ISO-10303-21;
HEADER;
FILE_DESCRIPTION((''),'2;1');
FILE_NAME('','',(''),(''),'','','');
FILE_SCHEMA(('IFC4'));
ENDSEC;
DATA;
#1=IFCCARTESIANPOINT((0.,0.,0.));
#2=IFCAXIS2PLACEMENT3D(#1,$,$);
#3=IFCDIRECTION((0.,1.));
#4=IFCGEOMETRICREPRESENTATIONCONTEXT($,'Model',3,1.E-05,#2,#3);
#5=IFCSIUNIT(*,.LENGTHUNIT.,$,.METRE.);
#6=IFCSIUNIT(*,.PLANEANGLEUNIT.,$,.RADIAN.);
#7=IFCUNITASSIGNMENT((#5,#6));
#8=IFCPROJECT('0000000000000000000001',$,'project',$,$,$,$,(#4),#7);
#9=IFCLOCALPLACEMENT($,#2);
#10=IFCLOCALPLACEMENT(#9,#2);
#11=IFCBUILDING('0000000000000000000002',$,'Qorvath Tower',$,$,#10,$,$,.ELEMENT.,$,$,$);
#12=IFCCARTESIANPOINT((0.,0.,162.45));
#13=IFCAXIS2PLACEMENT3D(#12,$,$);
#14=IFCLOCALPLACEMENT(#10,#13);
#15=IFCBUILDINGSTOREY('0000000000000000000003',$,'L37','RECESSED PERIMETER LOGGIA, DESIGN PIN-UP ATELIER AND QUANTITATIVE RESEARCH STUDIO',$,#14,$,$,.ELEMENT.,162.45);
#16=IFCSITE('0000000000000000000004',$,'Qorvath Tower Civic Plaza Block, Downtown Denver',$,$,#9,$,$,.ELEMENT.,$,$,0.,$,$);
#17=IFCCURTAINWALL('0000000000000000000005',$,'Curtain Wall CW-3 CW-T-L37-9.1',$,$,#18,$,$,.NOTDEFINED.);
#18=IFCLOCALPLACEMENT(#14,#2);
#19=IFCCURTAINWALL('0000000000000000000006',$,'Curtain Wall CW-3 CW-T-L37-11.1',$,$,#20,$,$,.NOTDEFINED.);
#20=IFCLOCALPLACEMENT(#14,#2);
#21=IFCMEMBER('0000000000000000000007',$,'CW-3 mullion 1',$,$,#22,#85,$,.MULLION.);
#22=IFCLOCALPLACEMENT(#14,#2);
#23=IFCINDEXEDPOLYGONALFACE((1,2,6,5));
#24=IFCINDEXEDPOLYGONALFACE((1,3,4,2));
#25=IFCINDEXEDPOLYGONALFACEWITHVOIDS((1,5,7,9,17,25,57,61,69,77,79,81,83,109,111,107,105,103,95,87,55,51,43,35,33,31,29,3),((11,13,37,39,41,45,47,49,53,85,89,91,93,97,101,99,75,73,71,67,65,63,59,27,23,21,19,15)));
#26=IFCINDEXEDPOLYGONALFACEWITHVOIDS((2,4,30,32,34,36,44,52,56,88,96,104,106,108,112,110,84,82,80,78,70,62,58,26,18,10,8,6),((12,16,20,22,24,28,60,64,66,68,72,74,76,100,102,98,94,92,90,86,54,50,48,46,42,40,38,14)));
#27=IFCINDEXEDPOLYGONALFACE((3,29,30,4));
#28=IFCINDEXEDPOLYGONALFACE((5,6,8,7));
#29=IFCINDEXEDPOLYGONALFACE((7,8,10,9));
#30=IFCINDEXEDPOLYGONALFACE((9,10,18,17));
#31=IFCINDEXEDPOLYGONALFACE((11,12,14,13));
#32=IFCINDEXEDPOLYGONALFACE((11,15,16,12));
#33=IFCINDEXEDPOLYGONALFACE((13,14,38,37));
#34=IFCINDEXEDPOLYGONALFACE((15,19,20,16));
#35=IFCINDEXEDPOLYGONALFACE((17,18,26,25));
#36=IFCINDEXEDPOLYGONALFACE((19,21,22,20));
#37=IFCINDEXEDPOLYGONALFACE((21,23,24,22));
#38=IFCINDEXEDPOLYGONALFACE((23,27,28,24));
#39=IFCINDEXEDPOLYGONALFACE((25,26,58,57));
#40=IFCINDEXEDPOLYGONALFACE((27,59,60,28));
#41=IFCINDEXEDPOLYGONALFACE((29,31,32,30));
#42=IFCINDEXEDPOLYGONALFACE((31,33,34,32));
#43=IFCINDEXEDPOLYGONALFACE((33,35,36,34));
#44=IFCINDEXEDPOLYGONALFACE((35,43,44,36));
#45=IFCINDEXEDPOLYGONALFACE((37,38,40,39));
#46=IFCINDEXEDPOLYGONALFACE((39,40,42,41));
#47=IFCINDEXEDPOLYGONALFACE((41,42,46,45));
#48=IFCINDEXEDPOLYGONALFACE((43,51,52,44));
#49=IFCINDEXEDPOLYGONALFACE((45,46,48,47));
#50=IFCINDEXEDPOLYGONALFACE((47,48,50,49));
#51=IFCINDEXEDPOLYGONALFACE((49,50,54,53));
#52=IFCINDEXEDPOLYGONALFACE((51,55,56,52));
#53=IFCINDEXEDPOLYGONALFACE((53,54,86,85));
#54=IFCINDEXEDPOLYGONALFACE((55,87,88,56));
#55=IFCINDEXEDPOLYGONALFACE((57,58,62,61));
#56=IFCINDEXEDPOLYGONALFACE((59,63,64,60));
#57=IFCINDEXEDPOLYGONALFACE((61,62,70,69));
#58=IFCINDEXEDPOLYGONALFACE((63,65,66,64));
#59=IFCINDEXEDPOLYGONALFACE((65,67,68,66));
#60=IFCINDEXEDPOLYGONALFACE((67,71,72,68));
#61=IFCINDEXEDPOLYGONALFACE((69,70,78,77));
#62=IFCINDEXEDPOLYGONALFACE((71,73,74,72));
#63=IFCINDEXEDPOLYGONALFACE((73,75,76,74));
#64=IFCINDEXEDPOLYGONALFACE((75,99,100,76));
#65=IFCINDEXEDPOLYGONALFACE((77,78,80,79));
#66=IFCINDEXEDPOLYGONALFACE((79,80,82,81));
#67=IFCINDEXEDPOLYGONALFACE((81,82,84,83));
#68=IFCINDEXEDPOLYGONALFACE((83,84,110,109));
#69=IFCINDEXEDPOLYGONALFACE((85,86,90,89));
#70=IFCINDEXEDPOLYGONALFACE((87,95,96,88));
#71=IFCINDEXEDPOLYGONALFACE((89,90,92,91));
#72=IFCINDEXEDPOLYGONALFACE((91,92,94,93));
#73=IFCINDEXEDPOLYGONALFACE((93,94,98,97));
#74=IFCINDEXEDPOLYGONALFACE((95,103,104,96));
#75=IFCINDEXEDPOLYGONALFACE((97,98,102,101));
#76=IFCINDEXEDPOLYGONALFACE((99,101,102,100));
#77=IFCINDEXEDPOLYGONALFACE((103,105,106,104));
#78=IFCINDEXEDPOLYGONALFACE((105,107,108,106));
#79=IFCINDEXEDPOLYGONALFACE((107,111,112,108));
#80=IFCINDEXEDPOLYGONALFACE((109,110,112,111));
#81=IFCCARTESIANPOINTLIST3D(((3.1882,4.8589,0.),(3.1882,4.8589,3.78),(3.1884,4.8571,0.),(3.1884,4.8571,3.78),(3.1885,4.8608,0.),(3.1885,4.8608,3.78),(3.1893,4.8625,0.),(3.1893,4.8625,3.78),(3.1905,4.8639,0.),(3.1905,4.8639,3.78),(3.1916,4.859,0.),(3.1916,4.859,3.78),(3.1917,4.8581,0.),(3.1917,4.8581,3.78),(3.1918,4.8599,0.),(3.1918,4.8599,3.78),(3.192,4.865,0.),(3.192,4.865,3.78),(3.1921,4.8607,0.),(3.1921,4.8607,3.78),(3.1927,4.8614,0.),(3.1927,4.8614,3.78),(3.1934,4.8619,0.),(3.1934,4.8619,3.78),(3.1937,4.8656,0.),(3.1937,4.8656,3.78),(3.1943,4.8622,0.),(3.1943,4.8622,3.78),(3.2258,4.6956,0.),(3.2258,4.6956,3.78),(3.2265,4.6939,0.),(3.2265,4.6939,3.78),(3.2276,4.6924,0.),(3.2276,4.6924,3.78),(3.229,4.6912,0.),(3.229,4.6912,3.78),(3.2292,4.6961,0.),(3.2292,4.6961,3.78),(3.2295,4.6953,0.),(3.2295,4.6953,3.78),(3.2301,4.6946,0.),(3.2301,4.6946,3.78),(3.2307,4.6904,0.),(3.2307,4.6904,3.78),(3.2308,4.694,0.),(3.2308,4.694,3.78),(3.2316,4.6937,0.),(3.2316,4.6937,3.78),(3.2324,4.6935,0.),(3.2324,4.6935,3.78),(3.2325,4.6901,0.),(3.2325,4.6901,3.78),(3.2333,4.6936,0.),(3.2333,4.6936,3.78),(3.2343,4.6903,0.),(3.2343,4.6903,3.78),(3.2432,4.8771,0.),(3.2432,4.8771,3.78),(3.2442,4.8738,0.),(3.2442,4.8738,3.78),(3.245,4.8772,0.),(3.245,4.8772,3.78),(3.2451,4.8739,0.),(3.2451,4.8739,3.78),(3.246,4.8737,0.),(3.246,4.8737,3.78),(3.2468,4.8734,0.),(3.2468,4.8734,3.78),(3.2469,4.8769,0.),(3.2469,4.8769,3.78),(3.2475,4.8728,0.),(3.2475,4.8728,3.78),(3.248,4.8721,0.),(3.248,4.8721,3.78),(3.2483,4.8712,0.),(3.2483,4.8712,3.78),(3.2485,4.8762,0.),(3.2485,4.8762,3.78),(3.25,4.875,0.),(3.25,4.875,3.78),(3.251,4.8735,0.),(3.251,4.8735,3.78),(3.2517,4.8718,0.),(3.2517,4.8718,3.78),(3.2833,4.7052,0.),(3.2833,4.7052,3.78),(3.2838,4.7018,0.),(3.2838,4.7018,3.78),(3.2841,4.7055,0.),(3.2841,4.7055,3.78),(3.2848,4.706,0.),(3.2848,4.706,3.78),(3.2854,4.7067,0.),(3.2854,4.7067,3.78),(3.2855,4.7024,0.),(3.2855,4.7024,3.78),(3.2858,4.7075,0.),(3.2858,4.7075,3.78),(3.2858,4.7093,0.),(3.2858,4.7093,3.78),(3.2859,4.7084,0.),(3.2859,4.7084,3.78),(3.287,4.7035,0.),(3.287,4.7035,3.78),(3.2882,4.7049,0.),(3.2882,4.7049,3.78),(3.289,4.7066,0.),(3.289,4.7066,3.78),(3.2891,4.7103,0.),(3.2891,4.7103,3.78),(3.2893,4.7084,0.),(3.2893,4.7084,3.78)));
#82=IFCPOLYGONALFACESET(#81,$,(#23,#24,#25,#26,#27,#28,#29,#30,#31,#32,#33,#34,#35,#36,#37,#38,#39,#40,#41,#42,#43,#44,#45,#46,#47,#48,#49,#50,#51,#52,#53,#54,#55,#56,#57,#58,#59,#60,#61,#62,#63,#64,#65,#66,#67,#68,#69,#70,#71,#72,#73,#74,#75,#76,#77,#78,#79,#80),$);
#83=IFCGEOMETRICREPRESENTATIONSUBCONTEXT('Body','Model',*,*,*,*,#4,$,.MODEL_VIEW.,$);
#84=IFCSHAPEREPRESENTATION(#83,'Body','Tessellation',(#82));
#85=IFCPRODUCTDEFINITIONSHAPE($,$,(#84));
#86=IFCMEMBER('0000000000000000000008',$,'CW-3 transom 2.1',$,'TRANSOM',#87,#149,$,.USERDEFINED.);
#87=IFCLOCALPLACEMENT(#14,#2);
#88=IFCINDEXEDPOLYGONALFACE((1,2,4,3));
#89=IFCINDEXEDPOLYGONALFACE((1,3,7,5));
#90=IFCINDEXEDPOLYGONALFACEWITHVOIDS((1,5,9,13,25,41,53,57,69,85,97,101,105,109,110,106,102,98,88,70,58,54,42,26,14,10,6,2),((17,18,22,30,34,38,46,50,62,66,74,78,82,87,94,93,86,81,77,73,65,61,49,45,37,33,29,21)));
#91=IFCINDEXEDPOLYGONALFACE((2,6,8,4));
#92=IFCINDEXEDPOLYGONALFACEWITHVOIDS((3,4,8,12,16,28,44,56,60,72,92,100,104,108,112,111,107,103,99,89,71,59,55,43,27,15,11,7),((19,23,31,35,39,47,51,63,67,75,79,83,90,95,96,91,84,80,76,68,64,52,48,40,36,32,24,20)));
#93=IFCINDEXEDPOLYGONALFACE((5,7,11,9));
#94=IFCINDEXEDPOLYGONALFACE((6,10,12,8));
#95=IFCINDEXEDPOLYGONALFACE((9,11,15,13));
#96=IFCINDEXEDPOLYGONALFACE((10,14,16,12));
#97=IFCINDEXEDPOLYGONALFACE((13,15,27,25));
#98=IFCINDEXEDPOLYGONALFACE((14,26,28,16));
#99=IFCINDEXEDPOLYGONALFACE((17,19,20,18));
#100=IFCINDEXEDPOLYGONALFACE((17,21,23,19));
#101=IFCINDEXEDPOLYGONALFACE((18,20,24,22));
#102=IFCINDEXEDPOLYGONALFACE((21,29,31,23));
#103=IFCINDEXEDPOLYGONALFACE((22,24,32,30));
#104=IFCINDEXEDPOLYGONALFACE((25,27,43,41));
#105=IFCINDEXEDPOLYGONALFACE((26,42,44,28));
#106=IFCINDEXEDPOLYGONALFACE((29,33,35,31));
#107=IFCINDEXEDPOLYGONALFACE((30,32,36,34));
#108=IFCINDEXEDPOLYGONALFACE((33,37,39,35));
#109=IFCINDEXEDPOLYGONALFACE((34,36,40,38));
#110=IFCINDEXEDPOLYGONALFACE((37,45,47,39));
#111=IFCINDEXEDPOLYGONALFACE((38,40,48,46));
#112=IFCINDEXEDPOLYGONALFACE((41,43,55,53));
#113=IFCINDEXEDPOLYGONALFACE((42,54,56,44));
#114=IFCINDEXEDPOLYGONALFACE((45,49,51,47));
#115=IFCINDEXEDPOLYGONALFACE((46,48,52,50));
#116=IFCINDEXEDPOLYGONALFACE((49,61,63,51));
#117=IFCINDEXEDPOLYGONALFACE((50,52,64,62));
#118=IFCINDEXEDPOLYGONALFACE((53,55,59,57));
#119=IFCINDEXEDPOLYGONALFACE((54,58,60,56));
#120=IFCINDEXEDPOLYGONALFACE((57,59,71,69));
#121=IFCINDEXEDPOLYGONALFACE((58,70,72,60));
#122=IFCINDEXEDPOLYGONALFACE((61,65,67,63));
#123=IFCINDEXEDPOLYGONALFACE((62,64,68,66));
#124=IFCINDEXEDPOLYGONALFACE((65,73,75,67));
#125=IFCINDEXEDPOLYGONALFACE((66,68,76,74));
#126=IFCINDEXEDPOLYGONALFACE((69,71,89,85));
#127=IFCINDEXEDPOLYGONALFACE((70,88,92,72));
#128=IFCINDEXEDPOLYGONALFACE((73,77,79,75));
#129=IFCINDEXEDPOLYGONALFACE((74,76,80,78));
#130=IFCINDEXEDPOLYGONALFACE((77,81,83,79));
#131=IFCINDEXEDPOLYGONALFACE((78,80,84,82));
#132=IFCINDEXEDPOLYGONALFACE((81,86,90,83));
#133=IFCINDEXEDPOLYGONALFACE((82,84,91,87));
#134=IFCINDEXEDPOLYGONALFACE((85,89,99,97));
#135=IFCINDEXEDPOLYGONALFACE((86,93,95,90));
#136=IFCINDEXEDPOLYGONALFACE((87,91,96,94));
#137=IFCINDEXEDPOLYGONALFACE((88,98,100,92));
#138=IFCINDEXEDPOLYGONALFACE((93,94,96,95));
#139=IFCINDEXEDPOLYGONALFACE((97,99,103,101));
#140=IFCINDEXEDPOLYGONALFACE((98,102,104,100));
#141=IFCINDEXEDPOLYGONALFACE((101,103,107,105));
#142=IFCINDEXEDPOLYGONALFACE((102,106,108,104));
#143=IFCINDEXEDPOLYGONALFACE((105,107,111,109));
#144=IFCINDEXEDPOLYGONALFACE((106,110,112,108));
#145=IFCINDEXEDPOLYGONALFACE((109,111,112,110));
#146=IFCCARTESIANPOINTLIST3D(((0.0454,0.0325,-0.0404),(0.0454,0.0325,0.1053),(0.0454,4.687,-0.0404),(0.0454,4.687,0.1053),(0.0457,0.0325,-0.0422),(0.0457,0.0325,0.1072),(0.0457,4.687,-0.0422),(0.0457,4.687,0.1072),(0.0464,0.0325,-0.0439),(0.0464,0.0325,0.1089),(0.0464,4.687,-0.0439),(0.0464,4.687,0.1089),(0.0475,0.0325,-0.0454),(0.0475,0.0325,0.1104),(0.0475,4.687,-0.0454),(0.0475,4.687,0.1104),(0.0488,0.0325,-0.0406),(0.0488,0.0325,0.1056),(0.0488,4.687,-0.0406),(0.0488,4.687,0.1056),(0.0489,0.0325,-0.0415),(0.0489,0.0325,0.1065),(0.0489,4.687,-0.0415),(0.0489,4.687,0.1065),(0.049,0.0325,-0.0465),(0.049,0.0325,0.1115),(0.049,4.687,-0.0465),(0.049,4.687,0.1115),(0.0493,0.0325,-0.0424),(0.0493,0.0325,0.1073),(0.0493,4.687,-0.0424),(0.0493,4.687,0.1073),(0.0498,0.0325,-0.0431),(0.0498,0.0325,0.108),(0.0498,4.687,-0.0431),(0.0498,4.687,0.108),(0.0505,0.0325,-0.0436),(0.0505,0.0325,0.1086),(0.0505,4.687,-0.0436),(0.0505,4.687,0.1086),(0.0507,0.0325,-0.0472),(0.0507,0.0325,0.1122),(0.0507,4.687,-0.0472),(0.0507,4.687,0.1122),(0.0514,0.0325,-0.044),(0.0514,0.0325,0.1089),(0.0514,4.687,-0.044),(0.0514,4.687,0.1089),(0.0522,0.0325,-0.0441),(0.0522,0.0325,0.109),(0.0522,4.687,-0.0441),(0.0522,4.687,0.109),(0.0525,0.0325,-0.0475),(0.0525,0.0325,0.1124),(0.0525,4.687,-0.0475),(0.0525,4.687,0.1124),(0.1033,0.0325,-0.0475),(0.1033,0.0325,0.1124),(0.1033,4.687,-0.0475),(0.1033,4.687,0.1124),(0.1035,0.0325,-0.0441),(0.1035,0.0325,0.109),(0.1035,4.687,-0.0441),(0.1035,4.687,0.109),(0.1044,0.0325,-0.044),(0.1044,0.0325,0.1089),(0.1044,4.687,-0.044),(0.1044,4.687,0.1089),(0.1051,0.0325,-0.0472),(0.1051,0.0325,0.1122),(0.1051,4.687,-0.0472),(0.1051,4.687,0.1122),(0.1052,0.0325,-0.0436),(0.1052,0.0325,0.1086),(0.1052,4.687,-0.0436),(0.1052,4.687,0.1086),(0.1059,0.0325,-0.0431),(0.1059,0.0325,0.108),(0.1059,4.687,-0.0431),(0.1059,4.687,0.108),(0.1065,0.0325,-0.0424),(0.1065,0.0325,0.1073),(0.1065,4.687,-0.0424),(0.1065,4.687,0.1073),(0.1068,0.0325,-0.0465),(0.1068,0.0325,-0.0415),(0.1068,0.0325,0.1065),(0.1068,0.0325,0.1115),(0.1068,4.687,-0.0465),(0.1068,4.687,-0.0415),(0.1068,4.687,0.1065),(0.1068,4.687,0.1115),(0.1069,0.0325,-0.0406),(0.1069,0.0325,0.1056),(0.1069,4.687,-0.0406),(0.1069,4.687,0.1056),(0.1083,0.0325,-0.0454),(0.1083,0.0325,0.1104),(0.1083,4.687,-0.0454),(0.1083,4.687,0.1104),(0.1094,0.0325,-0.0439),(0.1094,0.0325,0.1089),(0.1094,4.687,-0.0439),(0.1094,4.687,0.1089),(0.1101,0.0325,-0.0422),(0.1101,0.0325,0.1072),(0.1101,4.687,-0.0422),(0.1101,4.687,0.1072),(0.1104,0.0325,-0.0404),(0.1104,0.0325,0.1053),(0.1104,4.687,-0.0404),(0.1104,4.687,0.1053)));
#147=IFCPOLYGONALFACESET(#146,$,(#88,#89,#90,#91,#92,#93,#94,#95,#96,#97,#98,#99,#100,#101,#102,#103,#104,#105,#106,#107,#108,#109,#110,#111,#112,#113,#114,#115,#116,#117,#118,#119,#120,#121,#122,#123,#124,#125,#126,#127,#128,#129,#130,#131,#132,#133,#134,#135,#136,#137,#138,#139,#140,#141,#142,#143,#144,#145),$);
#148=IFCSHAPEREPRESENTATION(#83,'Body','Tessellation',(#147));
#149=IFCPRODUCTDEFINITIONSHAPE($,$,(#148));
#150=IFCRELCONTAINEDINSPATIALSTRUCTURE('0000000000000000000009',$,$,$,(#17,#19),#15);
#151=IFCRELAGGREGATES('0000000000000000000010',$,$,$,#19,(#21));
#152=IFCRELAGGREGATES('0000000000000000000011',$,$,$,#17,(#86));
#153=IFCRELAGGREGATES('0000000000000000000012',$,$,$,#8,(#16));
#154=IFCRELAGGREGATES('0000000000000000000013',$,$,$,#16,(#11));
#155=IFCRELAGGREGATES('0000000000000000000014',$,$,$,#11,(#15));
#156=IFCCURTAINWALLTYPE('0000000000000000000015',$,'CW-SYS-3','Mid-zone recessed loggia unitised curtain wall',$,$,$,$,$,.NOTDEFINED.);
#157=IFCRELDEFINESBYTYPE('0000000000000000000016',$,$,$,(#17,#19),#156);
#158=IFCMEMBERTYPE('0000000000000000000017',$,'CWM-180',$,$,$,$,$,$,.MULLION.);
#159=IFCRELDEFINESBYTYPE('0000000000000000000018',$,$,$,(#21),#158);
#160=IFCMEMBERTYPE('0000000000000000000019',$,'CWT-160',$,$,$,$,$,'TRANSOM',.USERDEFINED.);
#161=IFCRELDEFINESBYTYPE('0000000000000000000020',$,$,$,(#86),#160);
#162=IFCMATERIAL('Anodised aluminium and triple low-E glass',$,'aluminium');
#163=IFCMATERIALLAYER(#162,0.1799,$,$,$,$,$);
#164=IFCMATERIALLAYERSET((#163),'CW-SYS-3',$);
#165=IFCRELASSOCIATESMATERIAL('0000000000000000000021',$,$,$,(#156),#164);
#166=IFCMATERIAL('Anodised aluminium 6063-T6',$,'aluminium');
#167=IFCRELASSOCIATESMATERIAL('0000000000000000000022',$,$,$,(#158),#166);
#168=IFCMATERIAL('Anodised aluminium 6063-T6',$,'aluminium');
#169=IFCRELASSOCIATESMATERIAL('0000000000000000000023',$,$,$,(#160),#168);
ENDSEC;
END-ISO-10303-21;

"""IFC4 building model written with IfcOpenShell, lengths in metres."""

from ifc_helpers import new_model, si_unit, direction, frame, origin, origin_2d, place, context, subcontext, project, spatial, hollow_rectangle, extrude, material, layer, layer_set, material_profile, profile_set, type_object, element, aggregate, save


model = new_model("IFC4")

# Units and contexts
model_context = context("Model", 3, precision=1e-05, world=origin(), true_north=direction((0.0, 1.0)))
body_context = subcontext(model_context, "Body", "Model", "MODEL_VIEW")
ifc_project = project(units=[si_unit("LENGTHUNIT", "METRE"), si_unit("PLANEANGLEUNIT", "RADIAN")], contexts=[model_context])

# Site, building, storey
site_placement = place(None, origin())
site = spatial("IfcSite", under=ifc_project, at=site_placement, Name="Qorvath Tower Civic Plaza Block, Downtown Denver", CompositionType="ELEMENT", RefElevation=0.0)
building_placement = place(site_placement, origin())
building = spatial("IfcBuilding", under=site, at=building_placement, Name="Qorvath Tower", CompositionType="ELEMENT")
storey_placement = place(building_placement, frame((0.0, 0.0, 162.45)))
storey = spatial("IfcBuildingStorey", under=building, at=storey_placement, Name="L37", Description="RECESSED PERIMETER LOGGIA, DESIGN PIN-UP ATELIER AND QUANTITATIVE RESEARCH STUDIO", CompositionType="ELEMENT", Elevation=162.45)

# Curtain wall
ifc_material_1 = material(Name="Anodised aluminium and triple low-E glass", Category="aluminium")
ifc_layer_1 = layer(ifc_material_1, 0.1799)
ifc_layer_set_1 = layer_set([ifc_layer_1], Name="CW-SYS-3")
curtain_wall_type = type_object("IfcCurtainWallType", Name="CW-SYS-3", Description="Mid-zone recessed loggia unitised curtain wall", PredefinedType="NOTDEFINED", material=ifc_layer_set_1)
curtain_wall_1_placement = place(storey_placement, origin())
curtain_wall_1 = element("IfcCurtainWall", 1, at=curtain_wall_1_placement, inside=storey, type_object=curtain_wall_type, Name="Curtain Wall CW-3 CW-T-L37-9.1", PredefinedType="NOTDEFINED")
ifc_material_2 = material(Name="Anodised aluminium 6063-T6", Category="aluminium")
ifc_material_profile_1 = material_profile(ifc_material_2, hollow_rectangle(XDim=0.0649, YDim=0.1799, WallThickness=0.0034, InnerFilletRadius=0.0034, OuterFilletRadius=0.0071, at=origin_2d()), Name="CWM 180x65")
ifc_profile_set_1 = profile_set([ifc_material_profile_1], Name="Anodised aluminium 6063-T6")
member_type_1 = type_object("IfcMemberType", Name="CWM-180", PredefinedType="MULLION", material=ifc_profile_set_1)

# Curtain wall, member
curtain_wall_2_placement = place(storey_placement, origin())
curtain_wall_2 = element("IfcCurtainWall", 2, at=curtain_wall_2_placement, inside=storey, type_object=curtain_wall_type, Name="Curtain Wall CW-3 CW-T-L37-11.1", PredefinedType="NOTDEFINED")
member_1_placement = place(storey_placement, frame((3.2388, 4.7837, 0.0), z_axis=(0.0, 0.0, 1.0), x_axis=(-0.974183, -0.225759, 0.0)))
member_1 = element("IfcMember", 3, at=member_1_placement, type_object=member_type_1, Name="CW-3 mullion 1", PredefinedType="MULLION", context=body_context, shape_type="SweptSolid", body=[
    extrude(hollow_rectangle(XDim=0.0649, YDim=0.1799, WallThickness=0.0034, InnerFilletRadius=0.0034, OuterFilletRadius=0.0071, at=origin_2d()), origin(), (0.0, 0.0, 1.0), 3.78),
])

# Member
ifc_material_3 = material(Name="Anodised aluminium 6063-T6", Category="aluminium")
ifc_material_profile_2 = material_profile(ifc_material_3, hollow_rectangle(XDim=0.0649, YDim=0.1599, WallThickness=0.0034, InnerFilletRadius=0.0034, OuterFilletRadius=0.0071, at=origin_2d()), Name="CWT 160x65")
ifc_profile_set_2 = profile_set([ifc_material_profile_2], Name="Anodised aluminium 6063-T6")
member_type_2 = type_object("IfcMemberType", Name="CWT-160", ElementType="TRANSOM", PredefinedType="USERDEFINED", material=ifc_profile_set_2)
member_2_placement = place(storey_placement, frame((0.0779, 0.0325, 0.0325), z_axis=(0.0, 1.0, 0.0), x_axis=(-1.0, 0.0, 0.0)))
member_2 = element("IfcMember", 4, at=member_2_placement, type_object=member_type_2, Name="CW-3 transom 2.1", ObjectType="TRANSOM", PredefinedType="USERDEFINED", context=body_context, shape_type="SweptSolid", body=[
    extrude(hollow_rectangle(XDim=0.0649, YDim=0.1599, WallThickness=0.0034, InnerFilletRadius=0.0034, OuterFilletRadius=0.0071, at=origin_2d()), origin(), (0.0, 0.0, 1.0), 4.6545),
])
aggregate(curtain_wall_2, [member_1])

aggregate(curtain_wall_1, [member_2])

save(model, "model.ifc")
